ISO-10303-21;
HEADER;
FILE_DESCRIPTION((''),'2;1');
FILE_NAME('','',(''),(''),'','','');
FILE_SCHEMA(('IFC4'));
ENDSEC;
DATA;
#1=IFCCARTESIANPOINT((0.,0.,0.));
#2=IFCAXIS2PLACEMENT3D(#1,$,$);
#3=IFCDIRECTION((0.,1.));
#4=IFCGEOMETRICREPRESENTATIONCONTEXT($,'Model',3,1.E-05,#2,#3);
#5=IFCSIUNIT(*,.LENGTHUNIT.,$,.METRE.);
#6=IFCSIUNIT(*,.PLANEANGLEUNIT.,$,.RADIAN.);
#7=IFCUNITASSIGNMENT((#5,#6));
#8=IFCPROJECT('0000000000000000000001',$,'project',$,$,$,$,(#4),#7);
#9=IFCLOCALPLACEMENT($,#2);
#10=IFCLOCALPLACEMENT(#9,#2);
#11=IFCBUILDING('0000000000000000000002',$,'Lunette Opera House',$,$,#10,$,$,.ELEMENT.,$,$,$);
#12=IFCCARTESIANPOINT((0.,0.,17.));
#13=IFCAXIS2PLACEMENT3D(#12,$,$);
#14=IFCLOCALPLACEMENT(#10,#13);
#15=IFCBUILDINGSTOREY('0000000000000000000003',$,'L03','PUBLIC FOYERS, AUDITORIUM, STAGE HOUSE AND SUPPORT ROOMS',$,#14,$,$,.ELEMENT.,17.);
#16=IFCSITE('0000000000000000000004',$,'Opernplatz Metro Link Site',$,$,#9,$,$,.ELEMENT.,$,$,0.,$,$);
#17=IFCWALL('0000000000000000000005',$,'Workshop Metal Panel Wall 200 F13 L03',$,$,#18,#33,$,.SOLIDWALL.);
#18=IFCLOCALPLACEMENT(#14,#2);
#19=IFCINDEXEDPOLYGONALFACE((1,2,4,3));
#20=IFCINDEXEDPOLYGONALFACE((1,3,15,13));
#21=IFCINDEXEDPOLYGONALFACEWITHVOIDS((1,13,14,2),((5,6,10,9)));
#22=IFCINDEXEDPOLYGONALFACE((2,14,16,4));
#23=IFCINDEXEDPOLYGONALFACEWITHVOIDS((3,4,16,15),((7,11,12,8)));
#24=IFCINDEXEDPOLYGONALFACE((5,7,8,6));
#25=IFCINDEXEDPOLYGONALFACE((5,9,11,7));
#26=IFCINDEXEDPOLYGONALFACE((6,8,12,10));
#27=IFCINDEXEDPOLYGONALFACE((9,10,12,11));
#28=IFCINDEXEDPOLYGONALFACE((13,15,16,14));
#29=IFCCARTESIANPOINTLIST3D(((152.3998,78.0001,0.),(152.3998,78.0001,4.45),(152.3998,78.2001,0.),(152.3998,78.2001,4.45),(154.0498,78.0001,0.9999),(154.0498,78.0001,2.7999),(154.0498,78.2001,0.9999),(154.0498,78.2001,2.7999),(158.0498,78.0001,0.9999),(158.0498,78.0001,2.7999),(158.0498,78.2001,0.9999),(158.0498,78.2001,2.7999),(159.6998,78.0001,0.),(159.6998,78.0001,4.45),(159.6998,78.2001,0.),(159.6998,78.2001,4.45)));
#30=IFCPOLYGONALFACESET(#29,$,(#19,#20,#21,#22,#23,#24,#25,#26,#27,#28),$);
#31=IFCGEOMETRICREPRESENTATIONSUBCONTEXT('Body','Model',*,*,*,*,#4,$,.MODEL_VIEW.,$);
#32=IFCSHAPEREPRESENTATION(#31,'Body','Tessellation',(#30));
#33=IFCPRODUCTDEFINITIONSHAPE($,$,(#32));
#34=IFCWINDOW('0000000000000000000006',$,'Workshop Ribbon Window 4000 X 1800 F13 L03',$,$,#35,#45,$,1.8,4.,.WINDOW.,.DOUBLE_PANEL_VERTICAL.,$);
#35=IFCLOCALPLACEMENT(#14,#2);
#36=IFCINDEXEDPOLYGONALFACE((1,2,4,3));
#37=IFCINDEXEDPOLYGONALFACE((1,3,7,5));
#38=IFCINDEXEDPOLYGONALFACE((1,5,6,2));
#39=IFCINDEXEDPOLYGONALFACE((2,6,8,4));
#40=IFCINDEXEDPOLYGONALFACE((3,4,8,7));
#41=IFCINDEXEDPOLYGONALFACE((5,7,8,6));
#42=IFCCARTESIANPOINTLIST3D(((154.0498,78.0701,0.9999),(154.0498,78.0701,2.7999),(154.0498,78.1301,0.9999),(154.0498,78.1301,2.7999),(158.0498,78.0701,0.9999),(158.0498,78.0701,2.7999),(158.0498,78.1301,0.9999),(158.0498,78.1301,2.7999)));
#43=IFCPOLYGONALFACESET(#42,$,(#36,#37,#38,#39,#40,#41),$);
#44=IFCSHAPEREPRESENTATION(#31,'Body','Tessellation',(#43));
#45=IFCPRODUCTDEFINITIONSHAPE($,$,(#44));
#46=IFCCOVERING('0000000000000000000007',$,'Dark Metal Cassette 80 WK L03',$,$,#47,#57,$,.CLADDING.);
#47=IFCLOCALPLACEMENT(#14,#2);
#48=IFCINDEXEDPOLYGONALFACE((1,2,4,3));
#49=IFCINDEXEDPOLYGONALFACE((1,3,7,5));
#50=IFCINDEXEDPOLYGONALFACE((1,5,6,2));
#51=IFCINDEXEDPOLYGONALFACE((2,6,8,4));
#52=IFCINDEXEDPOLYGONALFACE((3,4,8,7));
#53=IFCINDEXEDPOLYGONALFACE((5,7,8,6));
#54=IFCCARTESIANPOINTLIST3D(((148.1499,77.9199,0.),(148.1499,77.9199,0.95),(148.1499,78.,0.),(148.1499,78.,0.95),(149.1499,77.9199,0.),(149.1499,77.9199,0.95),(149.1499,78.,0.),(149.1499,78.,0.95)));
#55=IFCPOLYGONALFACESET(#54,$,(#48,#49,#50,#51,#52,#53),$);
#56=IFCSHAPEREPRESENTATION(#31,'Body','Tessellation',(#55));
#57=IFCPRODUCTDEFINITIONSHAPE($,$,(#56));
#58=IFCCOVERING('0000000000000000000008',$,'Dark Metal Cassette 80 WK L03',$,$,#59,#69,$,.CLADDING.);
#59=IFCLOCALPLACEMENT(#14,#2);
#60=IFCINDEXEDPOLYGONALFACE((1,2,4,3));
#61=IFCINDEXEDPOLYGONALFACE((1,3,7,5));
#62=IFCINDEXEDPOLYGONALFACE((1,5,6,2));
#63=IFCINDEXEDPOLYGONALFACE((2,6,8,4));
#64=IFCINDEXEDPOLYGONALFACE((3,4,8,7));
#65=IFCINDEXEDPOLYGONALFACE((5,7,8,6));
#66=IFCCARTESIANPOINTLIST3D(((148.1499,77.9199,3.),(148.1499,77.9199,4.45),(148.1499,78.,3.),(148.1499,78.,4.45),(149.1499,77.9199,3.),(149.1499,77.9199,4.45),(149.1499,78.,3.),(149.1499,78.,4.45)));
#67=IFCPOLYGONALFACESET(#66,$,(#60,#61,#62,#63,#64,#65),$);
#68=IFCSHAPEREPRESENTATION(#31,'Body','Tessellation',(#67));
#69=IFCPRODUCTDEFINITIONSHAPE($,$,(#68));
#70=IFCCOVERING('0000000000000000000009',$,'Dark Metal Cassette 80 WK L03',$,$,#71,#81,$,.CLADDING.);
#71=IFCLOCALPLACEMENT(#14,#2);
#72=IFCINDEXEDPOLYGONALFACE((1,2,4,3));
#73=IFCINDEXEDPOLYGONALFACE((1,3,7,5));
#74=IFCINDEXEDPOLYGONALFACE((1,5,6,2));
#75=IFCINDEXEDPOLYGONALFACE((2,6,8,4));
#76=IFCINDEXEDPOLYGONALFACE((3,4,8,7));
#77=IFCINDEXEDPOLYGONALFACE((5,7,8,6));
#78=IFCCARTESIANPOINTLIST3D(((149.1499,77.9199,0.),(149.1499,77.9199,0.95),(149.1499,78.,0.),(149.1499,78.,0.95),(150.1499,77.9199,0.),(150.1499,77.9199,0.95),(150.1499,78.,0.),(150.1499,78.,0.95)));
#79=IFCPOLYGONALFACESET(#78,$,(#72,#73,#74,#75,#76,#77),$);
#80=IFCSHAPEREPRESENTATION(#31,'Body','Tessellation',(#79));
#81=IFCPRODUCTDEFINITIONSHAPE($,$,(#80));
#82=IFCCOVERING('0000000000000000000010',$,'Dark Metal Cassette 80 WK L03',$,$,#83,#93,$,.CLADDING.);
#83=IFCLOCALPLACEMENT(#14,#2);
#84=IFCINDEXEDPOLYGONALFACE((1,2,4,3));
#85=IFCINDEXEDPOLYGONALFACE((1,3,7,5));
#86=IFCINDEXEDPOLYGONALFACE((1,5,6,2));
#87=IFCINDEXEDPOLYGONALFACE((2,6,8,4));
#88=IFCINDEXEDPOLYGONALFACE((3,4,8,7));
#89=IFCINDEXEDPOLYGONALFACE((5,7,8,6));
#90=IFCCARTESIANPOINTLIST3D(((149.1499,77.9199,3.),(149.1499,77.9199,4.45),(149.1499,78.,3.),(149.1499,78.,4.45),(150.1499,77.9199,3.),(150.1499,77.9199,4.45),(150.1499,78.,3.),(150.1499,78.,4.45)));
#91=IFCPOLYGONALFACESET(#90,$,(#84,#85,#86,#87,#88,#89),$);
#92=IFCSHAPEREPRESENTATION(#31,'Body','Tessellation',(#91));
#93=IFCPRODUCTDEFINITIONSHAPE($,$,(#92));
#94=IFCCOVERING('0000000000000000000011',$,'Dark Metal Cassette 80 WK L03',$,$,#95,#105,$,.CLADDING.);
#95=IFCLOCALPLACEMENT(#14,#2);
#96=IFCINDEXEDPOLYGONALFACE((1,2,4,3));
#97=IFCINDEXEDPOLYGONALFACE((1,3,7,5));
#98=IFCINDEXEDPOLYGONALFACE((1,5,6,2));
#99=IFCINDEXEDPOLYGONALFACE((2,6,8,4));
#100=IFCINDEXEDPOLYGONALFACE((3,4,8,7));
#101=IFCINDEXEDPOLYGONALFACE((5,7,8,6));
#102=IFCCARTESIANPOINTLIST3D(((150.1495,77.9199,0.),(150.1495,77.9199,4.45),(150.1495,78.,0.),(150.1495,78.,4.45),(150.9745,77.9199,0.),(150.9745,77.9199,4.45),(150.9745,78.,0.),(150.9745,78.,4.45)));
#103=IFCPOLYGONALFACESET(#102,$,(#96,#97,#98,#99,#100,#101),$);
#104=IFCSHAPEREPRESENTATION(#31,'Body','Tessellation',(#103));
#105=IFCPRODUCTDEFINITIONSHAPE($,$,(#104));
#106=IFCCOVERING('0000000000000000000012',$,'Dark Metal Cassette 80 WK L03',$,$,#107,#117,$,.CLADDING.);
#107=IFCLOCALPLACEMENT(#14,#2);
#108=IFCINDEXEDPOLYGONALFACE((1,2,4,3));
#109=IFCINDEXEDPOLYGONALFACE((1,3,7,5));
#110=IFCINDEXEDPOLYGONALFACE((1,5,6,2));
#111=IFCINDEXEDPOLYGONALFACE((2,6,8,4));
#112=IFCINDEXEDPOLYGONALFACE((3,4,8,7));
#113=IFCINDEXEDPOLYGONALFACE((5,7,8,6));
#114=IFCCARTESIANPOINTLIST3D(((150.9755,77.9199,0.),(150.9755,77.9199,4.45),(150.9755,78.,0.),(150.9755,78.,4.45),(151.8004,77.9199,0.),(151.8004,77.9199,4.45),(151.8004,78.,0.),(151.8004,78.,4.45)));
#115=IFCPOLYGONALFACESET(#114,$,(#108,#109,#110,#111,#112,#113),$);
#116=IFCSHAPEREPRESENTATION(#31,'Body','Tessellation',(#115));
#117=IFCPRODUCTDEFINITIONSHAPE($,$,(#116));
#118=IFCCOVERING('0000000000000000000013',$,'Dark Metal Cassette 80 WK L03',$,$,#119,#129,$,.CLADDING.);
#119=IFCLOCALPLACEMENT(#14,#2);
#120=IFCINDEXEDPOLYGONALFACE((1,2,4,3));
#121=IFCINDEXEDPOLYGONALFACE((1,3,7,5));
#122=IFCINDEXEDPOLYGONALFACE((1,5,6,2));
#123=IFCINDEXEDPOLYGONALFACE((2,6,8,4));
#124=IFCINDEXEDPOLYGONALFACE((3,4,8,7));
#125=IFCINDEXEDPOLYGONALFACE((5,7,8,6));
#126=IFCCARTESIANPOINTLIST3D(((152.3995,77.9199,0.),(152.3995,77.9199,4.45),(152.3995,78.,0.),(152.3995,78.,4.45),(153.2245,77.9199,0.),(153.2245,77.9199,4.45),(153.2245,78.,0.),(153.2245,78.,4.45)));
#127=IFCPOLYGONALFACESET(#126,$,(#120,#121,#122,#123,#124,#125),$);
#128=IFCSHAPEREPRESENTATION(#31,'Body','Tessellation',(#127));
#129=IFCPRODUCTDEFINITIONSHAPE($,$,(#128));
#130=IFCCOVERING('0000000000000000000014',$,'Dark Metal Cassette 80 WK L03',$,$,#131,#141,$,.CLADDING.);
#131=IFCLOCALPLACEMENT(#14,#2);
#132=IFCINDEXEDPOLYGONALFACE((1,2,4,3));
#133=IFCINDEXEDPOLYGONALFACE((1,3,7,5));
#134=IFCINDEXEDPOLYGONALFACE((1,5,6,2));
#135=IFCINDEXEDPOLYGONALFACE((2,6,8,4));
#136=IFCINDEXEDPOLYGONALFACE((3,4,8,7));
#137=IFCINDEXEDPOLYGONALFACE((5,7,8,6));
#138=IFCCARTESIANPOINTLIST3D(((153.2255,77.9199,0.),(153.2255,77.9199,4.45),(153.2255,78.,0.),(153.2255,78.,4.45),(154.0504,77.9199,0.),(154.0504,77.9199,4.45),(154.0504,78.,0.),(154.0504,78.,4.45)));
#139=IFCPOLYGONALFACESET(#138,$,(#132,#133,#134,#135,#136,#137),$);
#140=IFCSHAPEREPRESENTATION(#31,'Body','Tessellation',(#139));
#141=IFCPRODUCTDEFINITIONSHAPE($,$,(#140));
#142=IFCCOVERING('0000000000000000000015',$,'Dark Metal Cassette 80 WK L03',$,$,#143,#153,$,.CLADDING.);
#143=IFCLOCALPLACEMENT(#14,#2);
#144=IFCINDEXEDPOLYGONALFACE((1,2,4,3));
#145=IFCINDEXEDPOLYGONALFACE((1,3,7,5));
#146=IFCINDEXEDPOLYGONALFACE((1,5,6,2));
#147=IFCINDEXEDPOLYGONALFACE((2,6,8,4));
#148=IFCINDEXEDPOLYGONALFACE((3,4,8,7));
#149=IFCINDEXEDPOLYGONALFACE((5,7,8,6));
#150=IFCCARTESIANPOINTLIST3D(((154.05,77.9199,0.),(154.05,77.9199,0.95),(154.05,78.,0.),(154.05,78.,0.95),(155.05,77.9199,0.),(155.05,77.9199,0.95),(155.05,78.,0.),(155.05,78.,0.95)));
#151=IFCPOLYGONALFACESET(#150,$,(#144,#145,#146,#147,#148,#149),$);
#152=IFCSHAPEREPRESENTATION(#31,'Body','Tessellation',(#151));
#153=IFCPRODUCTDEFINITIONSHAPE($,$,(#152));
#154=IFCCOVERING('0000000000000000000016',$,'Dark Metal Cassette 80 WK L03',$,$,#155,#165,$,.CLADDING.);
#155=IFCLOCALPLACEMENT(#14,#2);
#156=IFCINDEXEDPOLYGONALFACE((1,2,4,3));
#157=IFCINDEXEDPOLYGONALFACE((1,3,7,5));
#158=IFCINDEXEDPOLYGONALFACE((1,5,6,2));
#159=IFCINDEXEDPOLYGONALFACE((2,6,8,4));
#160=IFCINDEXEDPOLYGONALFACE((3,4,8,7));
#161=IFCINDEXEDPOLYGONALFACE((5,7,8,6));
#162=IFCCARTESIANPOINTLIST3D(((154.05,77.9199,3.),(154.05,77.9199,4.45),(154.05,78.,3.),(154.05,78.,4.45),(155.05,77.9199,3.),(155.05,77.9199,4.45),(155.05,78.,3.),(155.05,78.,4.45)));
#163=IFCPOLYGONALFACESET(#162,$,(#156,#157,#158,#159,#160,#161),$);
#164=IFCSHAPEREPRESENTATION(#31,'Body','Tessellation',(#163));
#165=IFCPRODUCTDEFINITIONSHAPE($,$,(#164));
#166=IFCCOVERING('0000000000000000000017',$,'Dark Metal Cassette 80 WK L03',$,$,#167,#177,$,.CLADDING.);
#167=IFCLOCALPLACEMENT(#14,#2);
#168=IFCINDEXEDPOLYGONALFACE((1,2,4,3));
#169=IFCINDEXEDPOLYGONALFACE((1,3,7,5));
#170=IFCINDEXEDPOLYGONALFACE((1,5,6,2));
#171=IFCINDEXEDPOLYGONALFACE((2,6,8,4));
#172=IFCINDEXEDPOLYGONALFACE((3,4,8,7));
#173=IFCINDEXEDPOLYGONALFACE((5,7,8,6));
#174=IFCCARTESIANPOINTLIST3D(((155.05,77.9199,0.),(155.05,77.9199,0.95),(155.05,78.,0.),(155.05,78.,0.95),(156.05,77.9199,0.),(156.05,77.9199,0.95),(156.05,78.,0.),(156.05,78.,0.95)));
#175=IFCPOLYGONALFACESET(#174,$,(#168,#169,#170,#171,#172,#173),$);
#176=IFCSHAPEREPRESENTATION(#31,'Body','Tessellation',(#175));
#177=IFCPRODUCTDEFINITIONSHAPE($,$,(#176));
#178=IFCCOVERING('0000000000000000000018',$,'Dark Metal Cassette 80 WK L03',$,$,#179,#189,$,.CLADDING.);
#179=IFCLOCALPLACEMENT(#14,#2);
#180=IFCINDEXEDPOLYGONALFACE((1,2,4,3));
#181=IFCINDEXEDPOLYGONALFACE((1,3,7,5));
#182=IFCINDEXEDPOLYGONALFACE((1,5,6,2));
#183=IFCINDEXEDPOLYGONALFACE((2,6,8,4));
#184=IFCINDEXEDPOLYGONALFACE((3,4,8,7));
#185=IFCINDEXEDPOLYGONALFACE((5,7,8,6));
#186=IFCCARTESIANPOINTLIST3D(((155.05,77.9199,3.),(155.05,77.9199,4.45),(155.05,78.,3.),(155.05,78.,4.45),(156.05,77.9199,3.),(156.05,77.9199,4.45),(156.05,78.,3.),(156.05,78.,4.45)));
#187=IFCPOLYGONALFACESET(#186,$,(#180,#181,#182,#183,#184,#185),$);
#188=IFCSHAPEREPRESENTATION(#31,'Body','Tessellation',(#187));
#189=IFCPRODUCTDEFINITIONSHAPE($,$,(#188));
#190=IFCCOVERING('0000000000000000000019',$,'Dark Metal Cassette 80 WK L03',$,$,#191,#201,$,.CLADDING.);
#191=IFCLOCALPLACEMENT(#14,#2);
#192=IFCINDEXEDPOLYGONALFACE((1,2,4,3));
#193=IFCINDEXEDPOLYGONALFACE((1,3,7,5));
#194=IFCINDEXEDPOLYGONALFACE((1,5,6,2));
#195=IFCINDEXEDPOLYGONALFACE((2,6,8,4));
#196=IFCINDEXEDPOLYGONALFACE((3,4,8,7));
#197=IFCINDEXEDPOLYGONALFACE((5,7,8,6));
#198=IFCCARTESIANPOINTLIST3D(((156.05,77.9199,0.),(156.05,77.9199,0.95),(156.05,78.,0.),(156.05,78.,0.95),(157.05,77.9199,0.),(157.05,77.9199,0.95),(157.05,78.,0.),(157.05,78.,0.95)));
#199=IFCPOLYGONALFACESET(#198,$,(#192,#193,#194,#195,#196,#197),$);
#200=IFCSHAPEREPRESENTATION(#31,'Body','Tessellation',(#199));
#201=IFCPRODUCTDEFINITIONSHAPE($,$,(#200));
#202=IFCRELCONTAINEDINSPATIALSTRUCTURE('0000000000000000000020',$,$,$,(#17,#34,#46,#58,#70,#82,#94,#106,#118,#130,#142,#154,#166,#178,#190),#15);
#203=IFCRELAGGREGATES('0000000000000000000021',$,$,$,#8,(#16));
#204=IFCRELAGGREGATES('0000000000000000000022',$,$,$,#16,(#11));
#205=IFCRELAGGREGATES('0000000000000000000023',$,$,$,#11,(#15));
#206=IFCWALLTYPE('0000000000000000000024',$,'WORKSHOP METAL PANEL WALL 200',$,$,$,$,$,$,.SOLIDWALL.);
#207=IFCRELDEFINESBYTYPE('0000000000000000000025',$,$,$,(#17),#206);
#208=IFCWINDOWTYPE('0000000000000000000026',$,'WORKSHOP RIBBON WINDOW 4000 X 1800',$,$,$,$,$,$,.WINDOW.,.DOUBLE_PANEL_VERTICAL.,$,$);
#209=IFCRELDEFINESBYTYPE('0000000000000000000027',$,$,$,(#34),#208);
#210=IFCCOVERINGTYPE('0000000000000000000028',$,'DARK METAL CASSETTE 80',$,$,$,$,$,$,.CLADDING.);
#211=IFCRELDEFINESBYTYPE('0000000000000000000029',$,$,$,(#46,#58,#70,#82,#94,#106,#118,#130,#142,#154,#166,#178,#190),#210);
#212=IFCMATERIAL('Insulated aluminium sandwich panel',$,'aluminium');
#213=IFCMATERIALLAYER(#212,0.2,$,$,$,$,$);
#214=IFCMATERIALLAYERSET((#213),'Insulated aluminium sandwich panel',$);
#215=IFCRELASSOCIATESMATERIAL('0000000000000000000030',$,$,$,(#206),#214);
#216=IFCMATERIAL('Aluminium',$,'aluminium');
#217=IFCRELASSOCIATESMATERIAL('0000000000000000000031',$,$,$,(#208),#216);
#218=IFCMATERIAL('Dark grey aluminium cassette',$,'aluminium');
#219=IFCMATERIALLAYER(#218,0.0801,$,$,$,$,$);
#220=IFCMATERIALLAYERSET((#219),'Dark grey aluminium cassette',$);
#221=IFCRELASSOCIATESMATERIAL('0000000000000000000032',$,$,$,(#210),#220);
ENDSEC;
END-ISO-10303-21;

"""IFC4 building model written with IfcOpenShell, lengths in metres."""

from ifc_helpers import new_model, si_unit, direction, frame, frame_2d, origin, origin_2d, place, context, subcontext, project, spatial, rectangle, extrude, material, layer, layer_set, type_object, element, fill, save


model = new_model("IFC4")

# Units and contexts
model_context = context("Model", 3, precision=1e-05, world=origin(), true_north=direction((0.0, 1.0)))
body_context = subcontext(model_context, "Body", "Model", "MODEL_VIEW")
ifc_project = project(units=[si_unit("LENGTHUNIT", "METRE"), si_unit("PLANEANGLEUNIT", "RADIAN")], contexts=[model_context])

# Site, building, storey
site_placement = place(None, origin())
site = spatial("IfcSite", under=ifc_project, at=site_placement, Name="Opernplatz Metro Link Site", CompositionType="ELEMENT", RefElevation=0.0)
building_placement = place(site_placement, origin())
building = spatial("IfcBuilding", under=site, at=building_placement, Name="Lunette Opera House", CompositionType="ELEMENT")
storey_placement = place(building_placement, frame((0.0, 0.0, 17.0)))
storey = spatial("IfcBuildingStorey", under=building, at=storey_placement, Name="L03", Description="PUBLIC FOYERS, AUDITORIUM, STAGE HOUSE AND SUPPORT ROOMS", CompositionType="ELEMENT", Elevation=17.0)

# Wall, opening, window
ifc_material_1 = material(Name="Insulated aluminium sandwich panel", Category="aluminium")
ifc_layer_1 = layer(ifc_material_1, 0.2)
ifc_layer_set_1 = layer_set([ifc_layer_1], Name="Insulated aluminium sandwich panel")
wall_type = type_object("IfcWallType", Name="WORKSHOP METAL PANEL WALL 200", PredefinedType="SOLIDWALL", material=ifc_layer_set_1)
ifc_material_2 = material(Name="Aluminium", Category="aluminium")
window_type = type_object("IfcWindowType", Name="WORKSHOP RIBBON WINDOW 4000 X 1800", PartitioningType="DOUBLE_PANEL_VERTICAL", PredefinedType="WINDOW", material=ifc_material_2)
wall_1_placement = place(storey_placement, frame((152.3999, 78.1001, 0.0), z_axis=(0.0, 0.0, 1.0), x_axis=(1.0, 0.0, 0.0)))
wall_1 = element("IfcWall", 1, at=wall_1_placement, inside=storey, type_object=wall_type, Name="Workshop Metal Panel Wall 200 F13 L03", PredefinedType="SOLIDWALL", context=body_context, shape_type="SweptSolid", body=[
    extrude(rectangle(XDim=7.3, YDim=0.2, at=frame_2d((3.6499, 0.0))), origin(), (0.0, 0.0, 1.0), 4.45),
])
opening_1_placement = place(wall_1_placement, frame((1.6499, 0.0, 1.0)))
opening_1 = element("IfcOpeningElement", 2, at=opening_1_placement, cuts=wall_1, PredefinedType="OPENING", context=body_context, shape_type="SweptSolid", body=[
    extrude(rectangle(XDim=4.0, YDim=1.8, at=frame_2d((2.0, 0.8999))), frame((0.0, 0.1121, 0.0), z_axis=(0.0, -1.0, 0.0), x_axis=(1.0, 0.0, 0.0)), (0.0, 0.0, 1.0), 0.2239),
])
window_1_placement = place(opening_1_placement, origin())
window_1 = element("IfcWindow", 3, at=window_1_placement, inside=storey, type_object=window_type, Name="Workshop Ribbon Window 4000 X 1800 F13 L03", OverallHeight=1.8, OverallWidth=4.0, PartitioningType="DOUBLE_PANEL_VERTICAL", PredefinedType="WINDOW", context=body_context, shape_type="SweptSolid", body=[
    extrude(rectangle(XDim=4.0, YDim=1.8, at=frame_2d((2.0, 0.8999))), frame((0.0, 0.03, 0.0), z_axis=(0.0, -1.0, 0.0), x_axis=(1.0, 0.0, 0.0)), (0.0, 0.0, 1.0), 0.0601),
])
fill(opening_1, window_1)

# Coverings
ifc_material_3 = material(Name="Dark grey aluminium cassette", Category="aluminium")
ifc_layer_2 = layer(ifc_material_3, 0.0801)
ifc_layer_set_2 = layer_set([ifc_layer_2], Name="Dark grey aluminium cassette")
covering_type = type_object("IfcCoveringType", Name="DARK METAL CASSETTE 80", PredefinedType="CLADDING", material=ifc_layer_set_2)
covering_1_placement = place(storey_placement, frame((148.6499, 77.96, 0.0), z_axis=(0.0, 0.0, 1.0), x_axis=(1.0, 0.0, 0.0)))
element("IfcCovering", 4, at=covering_1_placement, inside=storey, type_object=covering_type, Name="Dark Metal Cassette 80 WK L03", PredefinedType="CLADDING", context=body_context, shape_type="SweptSolid", body=[
    extrude(rectangle(XDim=1.0, YDim=0.0801, at=origin_2d()), origin(), (0.0, 0.0, 1.0), 0.95),
])
covering_2_placement = place(storey_placement, frame((148.6499, 77.96, 3.0), z_axis=(0.0, 0.0, 1.0), x_axis=(1.0, 0.0, 0.0)))
element("IfcCovering", 5, at=covering_2_placement, inside=storey, type_object=covering_type, Name="Dark Metal Cassette 80 WK L03", PredefinedType="CLADDING", context=body_context, shape_type="SweptSolid", body=[
    extrude(rectangle(XDim=1.0, YDim=0.0801, at=origin_2d()), origin(), (0.0, 0.0, 1.0), 1.45),
])
covering_3_placement = place(storey_placement, frame((149.6499, 77.96, 0.0), z_axis=(0.0, 0.0, 1.0), x_axis=(1.0, 0.0, 0.0)))
element("IfcCovering", 6, at=covering_3_placement, inside=storey, type_object=covering_type, Name="Dark Metal Cassette 80 WK L03", PredefinedType="CLADDING", context=body_context, shape_type="SweptSolid", body=[
    extrude(rectangle(XDim=1.0, YDim=0.0801, at=origin_2d()), origin(), (0.0, 0.0, 1.0), 0.95),
])
covering_4_placement = place(storey_placement, frame((149.6499, 77.96, 3.0), z_axis=(0.0, 0.0, 1.0), x_axis=(1.0, 0.0, 0.0)))
element("IfcCovering", 7, at=covering_4_placement, inside=storey, type_object=covering_type, Name="Dark Metal Cassette 80 WK L03", PredefinedType="CLADDING", context=body_context, shape_type="SweptSolid", body=[
    extrude(rectangle(XDim=1.0, YDim=0.0801, at=origin_2d()), origin(), (0.0, 0.0, 1.0), 1.45),
])
for number, where, z_axis, x_axis, name in (
    (8, (150.562, 77.96, 0.0), (0.0, 0.0, 1.0), (1.0, 0.0, 0.0), "Dark Metal Cassette 80 WK L03"),
    (9, (151.3879, 77.96, 0.0), (0.0, 0.0, 1.0), (1.0, 0.0, 0.0), "Dark Metal Cassette 80 WK L03"),
    (10, (152.812, 77.96, 0.0), (0.0, 0.0, 1.0), (1.0, 0.0, 0.0), "Dark Metal Cassette 80 WK L03"),
    (11, (153.6379, 77.96, 0.0), (0.0, 0.0, 1.0), (1.0, 0.0, 0.0), "Dark Metal Cassette 80 WK L03"),
):
    element("IfcCovering", number, at=place(storey_placement, frame(where, z_axis=z_axis, x_axis=x_axis)), inside=storey, type_object=covering_type, Name=name, PredefinedType="CLADDING", context=body_context, shape_type="SweptSolid", body=[
        extrude(rectangle(XDim=0.825, YDim=0.0801, at=origin_2d()), origin(), (0.0, 0.0, 1.0), 4.45),
    ])
covering_5_placement = place(storey_placement, frame((154.55, 77.96, 0.0), z_axis=(0.0, 0.0, 1.0), x_axis=(1.0, 0.0, 0.0)))
element("IfcCovering", 12, at=covering_5_placement, inside=storey, type_object=covering_type, Name="Dark Metal Cassette 80 WK L03", PredefinedType="CLADDING", context=body_context, shape_type="SweptSolid", body=[
    extrude(rectangle(XDim=1.0, YDim=0.0801, at=origin_2d()), origin(), (0.0, 0.0, 1.0), 0.95),
])
covering_6_placement = place(storey_placement, frame((154.55, 77.96, 3.0), z_axis=(0.0, 0.0, 1.0), x_axis=(1.0, 0.0, 0.0)))
element("IfcCovering", 13, at=covering_6_placement, inside=storey, type_object=covering_type, Name="Dark Metal Cassette 80 WK L03", PredefinedType="CLADDING", context=body_context, shape_type="SweptSolid", body=[
    extrude(rectangle(XDim=1.0, YDim=0.0801, at=origin_2d()), origin(), (0.0, 0.0, 1.0), 1.45),
])
covering_7_placement = place(storey_placement, frame((155.55, 77.96, 0.0), z_axis=(0.0, 0.0, 1.0), x_axis=(1.0, 0.0, 0.0)))
element("IfcCovering", 14, at=covering_7_placement, inside=storey, type_object=covering_type, Name="Dark Metal Cassette 80 WK L03", PredefinedType="CLADDING", context=body_context, shape_type="SweptSolid", body=[
    extrude(rectangle(XDim=1.0, YDim=0.0801, at=origin_2d()), origin(), (0.0, 0.0, 1.0), 0.95),
])
covering_8_placement = place(storey_placement, frame((155.55, 77.96, 3.0), z_axis=(0.0, 0.0, 1.0), x_axis=(1.0, 0.0, 0.0)))
element("IfcCovering", 15, at=covering_8_placement, inside=storey, type_object=covering_type, Name="Dark Metal Cassette 80 WK L03", PredefinedType="CLADDING", context=body_context, shape_type="SweptSolid", body=[
    extrude(rectangle(XDim=1.0, YDim=0.0801, at=origin_2d()), origin(), (0.0, 0.0, 1.0), 1.45),
])
covering_9_placement = place(storey_placement, frame((156.55, 77.96, 0.0), z_axis=(0.0, 0.0, 1.0), x_axis=(1.0, 0.0, 0.0)))
element("IfcCovering", 16, at=covering_9_placement, inside=storey, type_object=covering_type, Name="Dark Metal Cassette 80 WK L03", PredefinedType="CLADDING", context=body_context, shape_type="SweptSolid", body=[
    extrude(rectangle(XDim=1.0, YDim=0.0801, at=origin_2d()), origin(), (0.0, 0.0, 1.0), 0.95),
])

save(model, "model.ifc")
